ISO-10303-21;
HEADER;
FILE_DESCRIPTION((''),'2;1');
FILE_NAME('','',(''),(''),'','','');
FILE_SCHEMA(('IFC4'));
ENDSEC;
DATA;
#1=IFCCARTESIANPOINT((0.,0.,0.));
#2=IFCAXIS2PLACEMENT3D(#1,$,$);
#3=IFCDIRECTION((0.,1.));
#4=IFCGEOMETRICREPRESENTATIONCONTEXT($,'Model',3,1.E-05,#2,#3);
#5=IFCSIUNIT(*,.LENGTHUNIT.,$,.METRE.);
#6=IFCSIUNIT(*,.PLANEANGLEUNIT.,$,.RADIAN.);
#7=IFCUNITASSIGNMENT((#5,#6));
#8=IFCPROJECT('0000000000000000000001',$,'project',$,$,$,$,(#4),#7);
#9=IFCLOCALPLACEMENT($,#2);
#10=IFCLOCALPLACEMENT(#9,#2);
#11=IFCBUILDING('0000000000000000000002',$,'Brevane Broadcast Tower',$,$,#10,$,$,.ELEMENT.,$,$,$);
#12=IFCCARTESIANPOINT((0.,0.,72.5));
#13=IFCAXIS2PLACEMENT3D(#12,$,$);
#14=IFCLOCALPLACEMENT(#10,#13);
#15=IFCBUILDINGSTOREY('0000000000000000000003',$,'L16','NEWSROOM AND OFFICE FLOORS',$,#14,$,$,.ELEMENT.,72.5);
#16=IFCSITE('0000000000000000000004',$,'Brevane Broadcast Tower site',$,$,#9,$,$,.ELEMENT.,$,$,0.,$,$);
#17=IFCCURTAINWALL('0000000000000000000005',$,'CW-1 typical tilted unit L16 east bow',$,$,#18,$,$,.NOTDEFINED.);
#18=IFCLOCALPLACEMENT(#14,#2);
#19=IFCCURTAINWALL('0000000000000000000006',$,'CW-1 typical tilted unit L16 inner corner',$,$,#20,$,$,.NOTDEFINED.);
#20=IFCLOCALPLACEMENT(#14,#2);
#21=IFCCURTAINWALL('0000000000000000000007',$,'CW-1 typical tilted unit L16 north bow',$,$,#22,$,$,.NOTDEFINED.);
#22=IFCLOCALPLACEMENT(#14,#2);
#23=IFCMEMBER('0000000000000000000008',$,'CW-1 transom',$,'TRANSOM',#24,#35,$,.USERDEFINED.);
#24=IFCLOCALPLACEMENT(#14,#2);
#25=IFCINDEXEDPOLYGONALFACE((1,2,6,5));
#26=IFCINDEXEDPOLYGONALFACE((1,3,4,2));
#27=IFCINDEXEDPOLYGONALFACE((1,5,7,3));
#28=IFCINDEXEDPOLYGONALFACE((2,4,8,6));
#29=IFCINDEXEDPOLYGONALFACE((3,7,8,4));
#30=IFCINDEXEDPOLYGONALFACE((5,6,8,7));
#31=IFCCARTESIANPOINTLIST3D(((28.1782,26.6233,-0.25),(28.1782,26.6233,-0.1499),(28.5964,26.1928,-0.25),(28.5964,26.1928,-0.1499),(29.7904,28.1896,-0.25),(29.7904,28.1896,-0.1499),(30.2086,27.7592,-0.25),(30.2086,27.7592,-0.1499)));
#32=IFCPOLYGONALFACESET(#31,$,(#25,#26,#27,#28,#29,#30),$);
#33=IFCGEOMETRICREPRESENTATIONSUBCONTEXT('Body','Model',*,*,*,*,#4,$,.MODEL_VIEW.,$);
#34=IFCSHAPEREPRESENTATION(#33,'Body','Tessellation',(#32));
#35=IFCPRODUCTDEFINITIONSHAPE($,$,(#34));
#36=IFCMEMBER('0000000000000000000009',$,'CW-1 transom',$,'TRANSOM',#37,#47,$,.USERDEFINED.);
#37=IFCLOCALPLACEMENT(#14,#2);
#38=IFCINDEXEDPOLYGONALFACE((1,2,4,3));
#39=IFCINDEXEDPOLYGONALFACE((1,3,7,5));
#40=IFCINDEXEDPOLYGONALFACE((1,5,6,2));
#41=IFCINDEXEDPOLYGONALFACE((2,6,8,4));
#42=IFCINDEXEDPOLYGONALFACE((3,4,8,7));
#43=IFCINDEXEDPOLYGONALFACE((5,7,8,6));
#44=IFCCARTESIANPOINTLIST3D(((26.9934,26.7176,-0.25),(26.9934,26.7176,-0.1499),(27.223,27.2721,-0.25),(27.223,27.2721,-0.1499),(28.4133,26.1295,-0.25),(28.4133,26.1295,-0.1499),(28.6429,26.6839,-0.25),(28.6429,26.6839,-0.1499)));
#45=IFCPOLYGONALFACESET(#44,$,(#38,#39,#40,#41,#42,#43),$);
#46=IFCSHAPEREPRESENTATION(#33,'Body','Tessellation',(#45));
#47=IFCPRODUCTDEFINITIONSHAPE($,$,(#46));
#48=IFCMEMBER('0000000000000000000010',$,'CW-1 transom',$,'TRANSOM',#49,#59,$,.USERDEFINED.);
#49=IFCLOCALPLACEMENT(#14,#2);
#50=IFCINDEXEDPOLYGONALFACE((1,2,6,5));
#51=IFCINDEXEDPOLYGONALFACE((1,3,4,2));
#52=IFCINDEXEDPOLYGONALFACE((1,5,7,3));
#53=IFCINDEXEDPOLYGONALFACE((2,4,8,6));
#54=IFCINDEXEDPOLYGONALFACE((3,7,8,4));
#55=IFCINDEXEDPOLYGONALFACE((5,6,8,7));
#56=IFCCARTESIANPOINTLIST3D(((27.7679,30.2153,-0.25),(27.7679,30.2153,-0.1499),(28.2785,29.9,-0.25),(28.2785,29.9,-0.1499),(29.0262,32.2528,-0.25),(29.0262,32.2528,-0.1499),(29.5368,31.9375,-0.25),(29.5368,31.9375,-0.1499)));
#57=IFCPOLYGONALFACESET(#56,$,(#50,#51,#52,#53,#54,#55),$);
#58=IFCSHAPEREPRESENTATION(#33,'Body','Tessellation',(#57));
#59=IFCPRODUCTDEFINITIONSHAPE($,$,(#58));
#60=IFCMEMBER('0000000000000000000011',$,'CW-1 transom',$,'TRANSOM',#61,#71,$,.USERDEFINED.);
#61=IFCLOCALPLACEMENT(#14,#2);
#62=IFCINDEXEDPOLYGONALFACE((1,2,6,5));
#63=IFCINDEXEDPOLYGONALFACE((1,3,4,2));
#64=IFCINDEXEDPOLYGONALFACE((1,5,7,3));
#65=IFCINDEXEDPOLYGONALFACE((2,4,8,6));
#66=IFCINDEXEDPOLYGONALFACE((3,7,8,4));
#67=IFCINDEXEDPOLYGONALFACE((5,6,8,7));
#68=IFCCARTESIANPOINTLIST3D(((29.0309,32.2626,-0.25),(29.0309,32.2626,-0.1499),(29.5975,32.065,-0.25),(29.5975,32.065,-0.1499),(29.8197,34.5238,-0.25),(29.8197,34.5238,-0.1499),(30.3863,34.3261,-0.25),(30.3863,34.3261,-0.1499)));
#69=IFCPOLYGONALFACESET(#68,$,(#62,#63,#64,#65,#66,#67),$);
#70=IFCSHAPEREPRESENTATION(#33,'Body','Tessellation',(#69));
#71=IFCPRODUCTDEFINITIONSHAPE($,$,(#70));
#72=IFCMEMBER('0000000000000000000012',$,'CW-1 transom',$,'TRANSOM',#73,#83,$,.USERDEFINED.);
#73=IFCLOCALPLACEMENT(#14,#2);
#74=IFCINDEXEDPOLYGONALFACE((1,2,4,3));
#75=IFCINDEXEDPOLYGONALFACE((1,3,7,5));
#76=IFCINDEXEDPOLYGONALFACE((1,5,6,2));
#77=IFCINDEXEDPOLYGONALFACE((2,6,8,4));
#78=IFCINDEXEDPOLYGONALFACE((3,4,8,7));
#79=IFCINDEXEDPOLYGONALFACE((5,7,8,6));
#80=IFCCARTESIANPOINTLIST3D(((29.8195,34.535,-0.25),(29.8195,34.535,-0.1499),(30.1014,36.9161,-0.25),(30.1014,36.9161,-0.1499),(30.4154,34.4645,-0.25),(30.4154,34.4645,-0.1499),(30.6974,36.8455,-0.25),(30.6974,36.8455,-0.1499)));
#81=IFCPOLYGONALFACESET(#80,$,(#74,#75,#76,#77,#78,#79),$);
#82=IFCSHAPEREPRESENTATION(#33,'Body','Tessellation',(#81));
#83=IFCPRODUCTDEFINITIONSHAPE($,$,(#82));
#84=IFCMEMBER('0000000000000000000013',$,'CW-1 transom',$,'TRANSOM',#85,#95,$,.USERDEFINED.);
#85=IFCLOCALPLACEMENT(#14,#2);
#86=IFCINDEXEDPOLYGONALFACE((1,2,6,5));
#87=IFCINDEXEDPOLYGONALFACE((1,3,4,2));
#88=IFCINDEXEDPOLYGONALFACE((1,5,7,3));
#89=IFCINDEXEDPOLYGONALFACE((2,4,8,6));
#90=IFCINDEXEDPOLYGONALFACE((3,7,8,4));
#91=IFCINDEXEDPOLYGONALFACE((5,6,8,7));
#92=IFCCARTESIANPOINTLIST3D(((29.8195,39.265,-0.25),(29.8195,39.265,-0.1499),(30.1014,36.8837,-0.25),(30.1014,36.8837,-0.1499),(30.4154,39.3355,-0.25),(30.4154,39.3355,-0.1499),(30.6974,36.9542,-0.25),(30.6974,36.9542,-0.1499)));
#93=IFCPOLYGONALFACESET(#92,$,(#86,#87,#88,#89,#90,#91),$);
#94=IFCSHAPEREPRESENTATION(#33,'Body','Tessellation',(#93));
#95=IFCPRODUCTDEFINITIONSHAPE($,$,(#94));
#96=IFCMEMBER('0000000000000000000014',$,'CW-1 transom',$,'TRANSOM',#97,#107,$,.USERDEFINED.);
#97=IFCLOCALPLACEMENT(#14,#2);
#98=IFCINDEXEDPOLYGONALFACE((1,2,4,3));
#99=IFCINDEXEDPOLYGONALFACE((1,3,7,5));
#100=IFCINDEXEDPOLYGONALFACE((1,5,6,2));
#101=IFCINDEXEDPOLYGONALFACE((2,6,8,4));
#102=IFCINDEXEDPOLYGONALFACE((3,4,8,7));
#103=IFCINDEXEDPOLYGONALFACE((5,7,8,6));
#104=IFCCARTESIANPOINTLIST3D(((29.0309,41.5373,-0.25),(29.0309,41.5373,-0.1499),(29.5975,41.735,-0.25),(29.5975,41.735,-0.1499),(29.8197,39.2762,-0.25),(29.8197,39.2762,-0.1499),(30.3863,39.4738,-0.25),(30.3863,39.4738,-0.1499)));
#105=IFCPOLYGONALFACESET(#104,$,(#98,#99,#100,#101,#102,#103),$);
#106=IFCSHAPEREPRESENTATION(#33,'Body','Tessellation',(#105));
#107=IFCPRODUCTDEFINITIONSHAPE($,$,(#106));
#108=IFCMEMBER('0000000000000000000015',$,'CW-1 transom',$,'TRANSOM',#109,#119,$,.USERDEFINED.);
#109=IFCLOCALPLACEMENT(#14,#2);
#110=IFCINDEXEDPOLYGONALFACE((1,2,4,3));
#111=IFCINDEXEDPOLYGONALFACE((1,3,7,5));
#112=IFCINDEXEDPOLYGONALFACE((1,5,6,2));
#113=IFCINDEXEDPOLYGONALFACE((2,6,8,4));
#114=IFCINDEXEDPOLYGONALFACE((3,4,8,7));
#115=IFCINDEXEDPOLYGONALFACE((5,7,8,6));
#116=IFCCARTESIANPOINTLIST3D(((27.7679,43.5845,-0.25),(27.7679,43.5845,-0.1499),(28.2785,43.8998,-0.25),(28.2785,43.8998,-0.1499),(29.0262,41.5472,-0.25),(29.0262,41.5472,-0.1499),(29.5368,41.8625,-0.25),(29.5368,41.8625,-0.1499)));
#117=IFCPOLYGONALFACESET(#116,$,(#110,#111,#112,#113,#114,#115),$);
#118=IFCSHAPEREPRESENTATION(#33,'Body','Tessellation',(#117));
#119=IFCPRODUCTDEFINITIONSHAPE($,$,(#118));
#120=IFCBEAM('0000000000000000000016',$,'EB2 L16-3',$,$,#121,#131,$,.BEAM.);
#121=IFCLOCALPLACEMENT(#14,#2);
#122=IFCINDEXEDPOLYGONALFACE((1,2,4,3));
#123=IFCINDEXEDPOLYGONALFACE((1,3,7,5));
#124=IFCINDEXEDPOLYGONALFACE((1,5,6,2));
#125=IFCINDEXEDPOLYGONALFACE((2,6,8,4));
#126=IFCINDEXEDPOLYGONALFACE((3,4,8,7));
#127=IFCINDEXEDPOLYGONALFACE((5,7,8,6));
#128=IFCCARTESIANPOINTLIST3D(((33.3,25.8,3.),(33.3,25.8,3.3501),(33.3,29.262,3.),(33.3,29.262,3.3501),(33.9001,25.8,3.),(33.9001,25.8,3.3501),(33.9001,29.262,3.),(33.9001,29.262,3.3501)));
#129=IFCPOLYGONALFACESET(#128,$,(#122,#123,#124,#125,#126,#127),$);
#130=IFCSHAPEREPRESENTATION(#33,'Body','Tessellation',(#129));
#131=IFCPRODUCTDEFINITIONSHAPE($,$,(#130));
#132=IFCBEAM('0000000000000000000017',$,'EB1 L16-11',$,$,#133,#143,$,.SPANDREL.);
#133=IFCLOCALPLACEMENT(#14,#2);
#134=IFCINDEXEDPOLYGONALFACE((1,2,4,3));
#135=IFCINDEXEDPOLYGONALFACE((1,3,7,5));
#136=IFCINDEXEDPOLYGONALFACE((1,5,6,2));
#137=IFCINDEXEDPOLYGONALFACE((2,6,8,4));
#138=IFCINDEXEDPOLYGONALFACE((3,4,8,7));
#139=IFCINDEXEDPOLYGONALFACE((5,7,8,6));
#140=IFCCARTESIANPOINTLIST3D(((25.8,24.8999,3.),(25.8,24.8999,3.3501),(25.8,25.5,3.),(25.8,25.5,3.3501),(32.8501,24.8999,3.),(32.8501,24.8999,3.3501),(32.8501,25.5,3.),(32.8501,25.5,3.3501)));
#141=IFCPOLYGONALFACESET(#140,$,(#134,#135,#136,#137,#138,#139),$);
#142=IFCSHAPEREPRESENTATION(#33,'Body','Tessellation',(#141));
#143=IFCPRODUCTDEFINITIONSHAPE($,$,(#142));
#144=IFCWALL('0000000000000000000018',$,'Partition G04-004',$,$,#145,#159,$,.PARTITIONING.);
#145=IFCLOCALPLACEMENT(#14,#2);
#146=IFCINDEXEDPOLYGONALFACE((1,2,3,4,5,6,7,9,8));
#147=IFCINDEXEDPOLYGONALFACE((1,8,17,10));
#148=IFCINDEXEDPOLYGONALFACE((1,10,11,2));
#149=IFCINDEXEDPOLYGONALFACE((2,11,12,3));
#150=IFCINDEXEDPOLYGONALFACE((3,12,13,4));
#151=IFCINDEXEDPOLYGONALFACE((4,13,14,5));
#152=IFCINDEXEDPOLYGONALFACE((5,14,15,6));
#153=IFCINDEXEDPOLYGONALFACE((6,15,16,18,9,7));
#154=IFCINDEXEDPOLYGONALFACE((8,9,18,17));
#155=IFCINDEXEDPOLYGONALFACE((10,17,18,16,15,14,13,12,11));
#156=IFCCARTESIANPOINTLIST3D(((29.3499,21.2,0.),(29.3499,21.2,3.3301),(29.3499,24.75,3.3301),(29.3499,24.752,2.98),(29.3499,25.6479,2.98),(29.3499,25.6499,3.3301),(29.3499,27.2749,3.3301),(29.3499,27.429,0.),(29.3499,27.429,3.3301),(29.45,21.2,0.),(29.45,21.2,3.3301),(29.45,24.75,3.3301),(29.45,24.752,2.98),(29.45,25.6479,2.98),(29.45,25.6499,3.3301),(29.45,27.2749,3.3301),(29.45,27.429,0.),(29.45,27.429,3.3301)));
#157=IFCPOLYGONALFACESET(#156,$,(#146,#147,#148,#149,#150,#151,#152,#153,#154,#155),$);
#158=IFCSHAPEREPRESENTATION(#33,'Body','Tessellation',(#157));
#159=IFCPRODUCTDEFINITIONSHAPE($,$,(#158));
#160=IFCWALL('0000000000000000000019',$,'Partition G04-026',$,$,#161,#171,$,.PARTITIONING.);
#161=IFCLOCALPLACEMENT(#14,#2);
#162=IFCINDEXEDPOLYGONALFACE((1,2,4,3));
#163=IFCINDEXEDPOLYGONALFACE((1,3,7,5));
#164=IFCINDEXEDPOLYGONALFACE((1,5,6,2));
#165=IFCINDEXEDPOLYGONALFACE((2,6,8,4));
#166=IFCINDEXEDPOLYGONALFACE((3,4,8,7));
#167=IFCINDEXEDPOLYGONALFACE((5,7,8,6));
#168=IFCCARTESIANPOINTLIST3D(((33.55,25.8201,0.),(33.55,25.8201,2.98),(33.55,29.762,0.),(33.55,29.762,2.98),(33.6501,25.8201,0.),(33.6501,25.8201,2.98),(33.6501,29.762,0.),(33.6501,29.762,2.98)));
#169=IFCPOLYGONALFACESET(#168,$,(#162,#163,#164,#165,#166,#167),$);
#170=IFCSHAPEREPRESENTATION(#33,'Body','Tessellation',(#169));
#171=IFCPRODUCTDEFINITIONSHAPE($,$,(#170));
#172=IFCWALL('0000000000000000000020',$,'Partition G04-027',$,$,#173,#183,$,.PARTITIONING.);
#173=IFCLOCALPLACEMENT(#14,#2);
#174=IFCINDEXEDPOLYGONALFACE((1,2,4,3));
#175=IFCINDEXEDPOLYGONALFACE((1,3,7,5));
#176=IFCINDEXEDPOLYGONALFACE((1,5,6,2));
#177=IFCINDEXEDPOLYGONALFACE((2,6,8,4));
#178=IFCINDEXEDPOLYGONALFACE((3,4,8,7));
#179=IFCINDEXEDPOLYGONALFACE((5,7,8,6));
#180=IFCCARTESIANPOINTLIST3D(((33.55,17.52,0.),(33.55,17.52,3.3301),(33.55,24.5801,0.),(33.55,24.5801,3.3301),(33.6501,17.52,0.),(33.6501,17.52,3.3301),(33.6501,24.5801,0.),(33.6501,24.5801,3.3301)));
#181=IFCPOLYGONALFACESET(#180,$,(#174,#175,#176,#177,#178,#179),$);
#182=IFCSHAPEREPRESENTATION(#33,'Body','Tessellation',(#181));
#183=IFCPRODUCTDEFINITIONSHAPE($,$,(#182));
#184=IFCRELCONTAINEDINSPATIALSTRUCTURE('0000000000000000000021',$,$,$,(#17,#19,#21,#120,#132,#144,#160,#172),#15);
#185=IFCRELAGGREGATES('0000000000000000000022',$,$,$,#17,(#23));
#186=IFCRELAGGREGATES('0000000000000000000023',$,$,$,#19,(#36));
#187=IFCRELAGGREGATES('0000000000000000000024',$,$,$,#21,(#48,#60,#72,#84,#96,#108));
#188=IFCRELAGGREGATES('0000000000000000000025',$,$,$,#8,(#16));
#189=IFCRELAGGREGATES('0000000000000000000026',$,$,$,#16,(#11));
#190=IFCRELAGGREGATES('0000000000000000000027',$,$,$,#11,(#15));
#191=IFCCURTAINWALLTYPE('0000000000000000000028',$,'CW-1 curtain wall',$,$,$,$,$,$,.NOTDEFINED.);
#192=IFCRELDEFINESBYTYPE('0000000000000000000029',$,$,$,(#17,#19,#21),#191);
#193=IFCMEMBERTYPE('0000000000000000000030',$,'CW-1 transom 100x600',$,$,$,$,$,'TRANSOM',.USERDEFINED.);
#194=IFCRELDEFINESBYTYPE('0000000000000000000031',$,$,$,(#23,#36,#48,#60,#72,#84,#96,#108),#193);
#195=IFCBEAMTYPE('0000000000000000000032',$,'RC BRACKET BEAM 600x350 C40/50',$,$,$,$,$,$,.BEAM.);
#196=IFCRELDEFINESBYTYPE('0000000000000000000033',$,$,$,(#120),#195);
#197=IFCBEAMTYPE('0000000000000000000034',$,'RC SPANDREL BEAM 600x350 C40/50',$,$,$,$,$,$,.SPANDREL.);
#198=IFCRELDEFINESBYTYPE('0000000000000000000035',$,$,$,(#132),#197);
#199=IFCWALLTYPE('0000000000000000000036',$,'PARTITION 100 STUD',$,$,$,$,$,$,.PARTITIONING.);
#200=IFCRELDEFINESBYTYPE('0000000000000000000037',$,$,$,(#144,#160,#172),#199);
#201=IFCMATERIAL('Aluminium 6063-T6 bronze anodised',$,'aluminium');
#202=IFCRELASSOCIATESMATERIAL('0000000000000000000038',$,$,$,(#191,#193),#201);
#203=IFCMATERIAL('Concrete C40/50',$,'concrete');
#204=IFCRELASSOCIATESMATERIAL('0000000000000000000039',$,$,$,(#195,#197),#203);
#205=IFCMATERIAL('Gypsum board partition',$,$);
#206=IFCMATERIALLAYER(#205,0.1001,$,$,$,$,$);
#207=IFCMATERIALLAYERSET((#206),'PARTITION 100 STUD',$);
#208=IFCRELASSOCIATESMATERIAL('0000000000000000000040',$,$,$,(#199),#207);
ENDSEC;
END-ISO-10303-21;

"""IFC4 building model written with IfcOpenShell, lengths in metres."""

from ifc_helpers import new_model, si_unit, direction, frame, frame_2d, origin, origin_2d, place, context, subcontext, project, spatial, polyline, rectangle, outline, extrude, material, layer, layer_set, material_profile, profile_set, type_object, element, aggregate, save


model = new_model("IFC4")

# Units and contexts
model_context = context("Model", 3, precision=1e-05, world=origin(), true_north=direction((0.0, 1.0)))
body_context = subcontext(model_context, "Body", "Model", "MODEL_VIEW")
ifc_project = project(units=[si_unit("LENGTHUNIT", "METRE"), si_unit("PLANEANGLEUNIT", "RADIAN")], contexts=[model_context])

# Site, building, storey
site_placement = place(None, origin())
site = spatial("IfcSite", under=ifc_project, at=site_placement, Name="Brevane Broadcast Tower site", CompositionType="ELEMENT", RefElevation=0.0)
building_placement = place(site_placement, origin())
building = spatial("IfcBuilding", under=site, at=building_placement, Name="Brevane Broadcast Tower", CompositionType="ELEMENT")
storey_placement = place(building_placement, frame((0.0, 0.0, 72.5)))
storey = spatial("IfcBuildingStorey", under=building, at=storey_placement, Name="L16", Description="NEWSROOM AND OFFICE FLOORS", CompositionType="ELEMENT", Elevation=72.5)

# Curtain wall
ifc_material_1 = material(Name="Aluminium 6063-T6 bronze anodised", Category="aluminium")
curtain_wall_type = type_object("IfcCurtainWallType", Name="CW-1 curtain wall", PredefinedType="NOTDEFINED", material=ifc_material_1)
curtain_wall_1_placement = place(storey_placement, origin())
curtain_wall_1 = element("IfcCurtainWall", 1, at=curtain_wall_1_placement, inside=storey, type_object=curtain_wall_type, Name="CW-1 typical tilted unit L16 east bow", PredefinedType="NOTDEFINED")

# Curtain wall
curtain_wall_2_placement = place(storey_placement, origin())
curtain_wall_2 = element("IfcCurtainWall", 2, at=curtain_wall_2_placement, inside=storey, type_object=curtain_wall_type, Name="CW-1 typical tilted unit L16 inner corner", PredefinedType="NOTDEFINED")

# Curtain wall
curtain_wall_3_placement = place(storey_placement, origin())
curtain_wall_3 = element("IfcCurtainWall", 3, at=curtain_wall_3_placement, inside=storey, type_object=curtain_wall_type, Name="CW-1 typical tilted unit L16 north bow", PredefinedType="NOTDEFINED")

# Members
ifc_material_profile_1 = material_profile(ifc_material_1, rectangle(XDim=0.6001, YDim=0.1001, at=origin_2d()), Name="RECT 100x600")
ifc_profile_set_1 = profile_set([ifc_material_profile_1], Name="Aluminium 6063-T6 bronze anodised")
member_type_1 = type_object("IfcMemberType", Name="CW-1 transom 100x600", ElementType="TRANSOM", PredefinedType="USERDEFINED", material=ifc_profile_set_1)
member_1_placement = place(storey_placement, frame((29.9995, 27.9744, -0.2), z_axis=(-0.717242, -0.696824, 0.0), x_axis=(0.696824, -0.717242, 0.0)))
member_1 = element("IfcMember", 4, at=member_1_placement, type_object=member_type_1, Name="CW-1 transom", ObjectType="TRANSOM", PredefinedType="USERDEFINED", context=body_context, shape_type="SweptSolid", body=[
    extrude(rectangle(XDim=0.6001, YDim=0.1001, at=origin_2d()), origin(), (0.0, 0.0, 1.0), 2.2478),
])
aggregate(curtain_wall_1, [member_1])
member_2_placement = place(storey_placement, frame((28.5281, 26.4067, -0.2), z_axis=(-0.923883, 0.382674, 0.0), x_axis=(-0.382674, -0.923883, 0.0)))
member_2 = element("IfcMember", 5, at=member_2_placement, type_object=member_type_1, Name="CW-1 transom", ObjectType="TRANSOM", PredefinedType="USERDEFINED", context=body_context, shape_type="SweptSolid", body=[
    extrude(rectangle(XDim=0.6001, YDim=0.1001, at=origin_2d()), origin(), (0.0, 0.0, 1.0), 1.5369),
])
aggregate(curtain_wall_2, [member_2])
member_3_placement = place(storey_placement, frame((28.0232, 30.0576, -0.2), z_axis=(0.525428, 0.850838, 0.0), x_axis=(-0.850838, 0.525428, 0.0)))
member_3 = element("IfcMember", 6, at=member_3_placement, type_object=member_type_1, Name="CW-1 transom", ObjectType="TRANSOM", PredefinedType="USERDEFINED", context=body_context, shape_type="SweptSolid", body=[
    extrude(rectangle(XDim=0.6001, YDim=0.1001, at=origin_2d()), origin(), (0.0, 0.0, 1.0), 2.3948),
])
member_4_placement = place(storey_placement, frame((29.3142, 32.1638, -0.2), z_axis=(0.329378, 0.944198, 0.0), x_axis=(-0.944198, 0.329378, 0.0)))
member_4 = element("IfcMember", 7, at=member_4_placement, type_object=member_type_1, Name="CW-1 transom", ObjectType="TRANSOM", PredefinedType="USERDEFINED", context=body_context, shape_type="SweptSolid", body=[
    extrude(rectangle(XDim=0.6001, YDim=0.1001, at=origin_2d()), origin(), (0.0, 0.0, 1.0), 2.3948),
])
member_5_placement = place(storey_placement, frame((30.1174, 34.4998, -0.2), z_axis=(0.117603, 0.993061, 0.0), x_axis=(-0.993061, 0.117603, 0.0)))
member_5 = element("IfcMember", 8, at=member_5_placement, type_object=member_type_1, Name="CW-1 transom", ObjectType="TRANSOM", PredefinedType="USERDEFINED", context=body_context, shape_type="SweptSolid", body=[
    extrude(rectangle(XDim=0.6001, YDim=0.1001, at=origin_2d()), origin(), (0.0, 0.0, 1.0), 2.3977),
])
member_6_placement = place(storey_placement, frame((30.3994, 36.9189, -0.2), z_axis=(-0.117591, 0.993062, 0.0), x_axis=(-0.993062, -0.117591, 0.0)))
member_6 = element("IfcMember", 9, at=member_6_placement, type_object=member_type_1, Name="CW-1 transom", ObjectType="TRANSOM", PredefinedType="USERDEFINED", context=body_context, shape_type="SweptSolid", body=[
    extrude(rectangle(XDim=0.6001, YDim=0.1001, at=origin_2d()), origin(), (0.0, 0.0, 1.0), 2.3979),
])
member_7_placement = place(storey_placement, frame((30.103, 39.375, -0.2), z_axis=(-0.329378, 0.944198, 0.0), x_axis=(-0.944198, -0.329378, 0.0)))
member_7 = element("IfcMember", 10, at=member_7_placement, type_object=member_type_1, Name="CW-1 transom", ObjectType="TRANSOM", PredefinedType="USERDEFINED", context=body_context, shape_type="SweptSolid", body=[
    extrude(rectangle(XDim=0.6001, YDim=0.1001, at=origin_2d()), origin(), (0.0, 0.0, 1.0), 2.3948),
])
member_8_placement = place(storey_placement, frame((29.2815, 41.7048, -0.2), z_axis=(-0.525473, 0.85081, 0.0), x_axis=(-0.85081, -0.525473, 0.0)))
member_8 = element("IfcMember", 11, at=member_8_placement, type_object=member_type_1, Name="CW-1 transom", ObjectType="TRANSOM", PredefinedType="USERDEFINED", context=body_context, shape_type="SweptSolid", body=[
    extrude(rectangle(XDim=0.6001, YDim=0.1001, at=origin_2d()), origin(), (0.0, 0.0, 1.0), 2.3945),
])
aggregate(curtain_wall_3, [member_3, member_4, member_5, member_6, member_7, member_8])

# Beams
ifc_material_2 = material(Name="Concrete C40/50", Category="concrete")
ifc_material_profile_2 = material_profile(ifc_material_2, rectangle(XDim=0.6001, YDim=0.3501, at=origin_2d()), Name="RC 600x350")
ifc_profile_set_2 = profile_set([ifc_material_profile_2], Name="Concrete C40/50")
beam_type_1 = type_object("IfcBeamType", Name="RC BRACKET BEAM 600x350 C40/50", PredefinedType="BEAM", material=ifc_profile_set_2)
beam_1_placement = place(storey_placement, frame((33.6001, 25.8, 3.175), z_axis=(0.0, 1.0, 0.0), x_axis=(-1.0, 0.0, 0.0)))
element("IfcBeam", 12, at=beam_1_placement, inside=storey, type_object=beam_type_1, Name="EB2 L16-3", PredefinedType="BEAM", context=body_context, shape_type="SweptSolid", body=[
    extrude(rectangle(XDim=0.6001, YDim=0.3501, at=origin_2d()), origin(), (0.0, 0.0, 1.0), 3.4619),
])
ifc_material_profile_3 = material_profile(ifc_material_2, rectangle(XDim=0.6001, YDim=0.3501, at=origin_2d()), Name="RC 600x350")
ifc_profile_set_3 = profile_set([ifc_material_profile_3], Name="Concrete C40/50")
beam_type_2 = type_object("IfcBeamType", Name="RC SPANDREL BEAM 600x350 C40/50", PredefinedType="SPANDREL", material=ifc_profile_set_3)
beam_2_placement = place(storey_placement, frame((32.8501, 25.2, 3.175), z_axis=(-1.0, 0.0, 0.0), x_axis=(0.0, -1.0, 0.0)))
element("IfcBeam", 13, at=beam_2_placement, inside=storey, type_object=beam_type_2, Name="EB1 L16-11", PredefinedType="SPANDREL", context=body_context, shape_type="SweptSolid", body=[
    extrude(rectangle(XDim=0.6001, YDim=0.3501, at=origin_2d()), origin(), (0.0, 0.0, 1.0), 7.05),
])

# Walls
ifc_material_3 = material(Name="Gypsum board partition")
ifc_layer = layer(ifc_material_3, 0.1001)
ifc_layer_set = layer_set([ifc_layer], Name="PARTITION 100 STUD")
wall_type = type_object("IfcWallType", Name="PARTITION 100 STUD", PredefinedType="PARTITIONING", material=ifc_layer_set)
wall_1_placement = place(storey_placement, frame((29.3999, 27.429, 0.0), z_axis=(0.0, 0.0, 1.0), x_axis=(0.0, -1.0, 0.0)))
element("IfcWall", 14, at=wall_1_placement, inside=storey, type_object=wall_type, Name="Partition G04-004", PredefinedType="PARTITIONING", context=body_context, shape_type="SweptSolid", body=[
    extrude(outline(polyline([(0.0, 0.0), (6.229, 0.0), (6.229, 3.3301), (2.679, 3.3301), (2.677, 2.98), (1.781, 2.98), (1.7791, 3.3301), (0.1541, 3.3301), (0.0, 3.3301), (0.0, 0.0)])), frame((0.0, 0.05, 0.0), z_axis=(0.0, -1.0, 0.0), x_axis=(1.0, 0.0, 0.0)), (0.0, 0.0, 1.0), 0.1001),
])
wall_2_placement = place(storey_placement, frame((33.6001, 29.762, 0.0), z_axis=(0.0, 0.0, 1.0), x_axis=(0.0, -1.0, 0.0)))
element("IfcWall", 15, at=wall_2_placement, inside=storey, type_object=wall_type, Name="Partition G04-026", PredefinedType="PARTITIONING", context=body_context, shape_type="SweptSolid", body=[
    extrude(rectangle(XDim=3.9419, YDim=0.1001, at=frame_2d((1.9709, 0.0))), origin(), (0.0, 0.0, 1.0), 2.98),
])
wall_3_placement = place(storey_placement, frame((33.6001, 24.5801, 0.0), z_axis=(0.0, 0.0, 1.0), x_axis=(0.0, -1.0, 0.0)))
element("IfcWall", 16, at=wall_3_placement, inside=storey, type_object=wall_type, Name="Partition G04-027", PredefinedType="PARTITIONING", context=body_context, shape_type="SweptSolid", body=[
    extrude(rectangle(XDim=7.0601, YDim=0.1001, at=frame_2d((3.53, 0.0))), origin(), (0.0, 0.0, 1.0), 3.3301),
])

save(model, "model.ifc")
